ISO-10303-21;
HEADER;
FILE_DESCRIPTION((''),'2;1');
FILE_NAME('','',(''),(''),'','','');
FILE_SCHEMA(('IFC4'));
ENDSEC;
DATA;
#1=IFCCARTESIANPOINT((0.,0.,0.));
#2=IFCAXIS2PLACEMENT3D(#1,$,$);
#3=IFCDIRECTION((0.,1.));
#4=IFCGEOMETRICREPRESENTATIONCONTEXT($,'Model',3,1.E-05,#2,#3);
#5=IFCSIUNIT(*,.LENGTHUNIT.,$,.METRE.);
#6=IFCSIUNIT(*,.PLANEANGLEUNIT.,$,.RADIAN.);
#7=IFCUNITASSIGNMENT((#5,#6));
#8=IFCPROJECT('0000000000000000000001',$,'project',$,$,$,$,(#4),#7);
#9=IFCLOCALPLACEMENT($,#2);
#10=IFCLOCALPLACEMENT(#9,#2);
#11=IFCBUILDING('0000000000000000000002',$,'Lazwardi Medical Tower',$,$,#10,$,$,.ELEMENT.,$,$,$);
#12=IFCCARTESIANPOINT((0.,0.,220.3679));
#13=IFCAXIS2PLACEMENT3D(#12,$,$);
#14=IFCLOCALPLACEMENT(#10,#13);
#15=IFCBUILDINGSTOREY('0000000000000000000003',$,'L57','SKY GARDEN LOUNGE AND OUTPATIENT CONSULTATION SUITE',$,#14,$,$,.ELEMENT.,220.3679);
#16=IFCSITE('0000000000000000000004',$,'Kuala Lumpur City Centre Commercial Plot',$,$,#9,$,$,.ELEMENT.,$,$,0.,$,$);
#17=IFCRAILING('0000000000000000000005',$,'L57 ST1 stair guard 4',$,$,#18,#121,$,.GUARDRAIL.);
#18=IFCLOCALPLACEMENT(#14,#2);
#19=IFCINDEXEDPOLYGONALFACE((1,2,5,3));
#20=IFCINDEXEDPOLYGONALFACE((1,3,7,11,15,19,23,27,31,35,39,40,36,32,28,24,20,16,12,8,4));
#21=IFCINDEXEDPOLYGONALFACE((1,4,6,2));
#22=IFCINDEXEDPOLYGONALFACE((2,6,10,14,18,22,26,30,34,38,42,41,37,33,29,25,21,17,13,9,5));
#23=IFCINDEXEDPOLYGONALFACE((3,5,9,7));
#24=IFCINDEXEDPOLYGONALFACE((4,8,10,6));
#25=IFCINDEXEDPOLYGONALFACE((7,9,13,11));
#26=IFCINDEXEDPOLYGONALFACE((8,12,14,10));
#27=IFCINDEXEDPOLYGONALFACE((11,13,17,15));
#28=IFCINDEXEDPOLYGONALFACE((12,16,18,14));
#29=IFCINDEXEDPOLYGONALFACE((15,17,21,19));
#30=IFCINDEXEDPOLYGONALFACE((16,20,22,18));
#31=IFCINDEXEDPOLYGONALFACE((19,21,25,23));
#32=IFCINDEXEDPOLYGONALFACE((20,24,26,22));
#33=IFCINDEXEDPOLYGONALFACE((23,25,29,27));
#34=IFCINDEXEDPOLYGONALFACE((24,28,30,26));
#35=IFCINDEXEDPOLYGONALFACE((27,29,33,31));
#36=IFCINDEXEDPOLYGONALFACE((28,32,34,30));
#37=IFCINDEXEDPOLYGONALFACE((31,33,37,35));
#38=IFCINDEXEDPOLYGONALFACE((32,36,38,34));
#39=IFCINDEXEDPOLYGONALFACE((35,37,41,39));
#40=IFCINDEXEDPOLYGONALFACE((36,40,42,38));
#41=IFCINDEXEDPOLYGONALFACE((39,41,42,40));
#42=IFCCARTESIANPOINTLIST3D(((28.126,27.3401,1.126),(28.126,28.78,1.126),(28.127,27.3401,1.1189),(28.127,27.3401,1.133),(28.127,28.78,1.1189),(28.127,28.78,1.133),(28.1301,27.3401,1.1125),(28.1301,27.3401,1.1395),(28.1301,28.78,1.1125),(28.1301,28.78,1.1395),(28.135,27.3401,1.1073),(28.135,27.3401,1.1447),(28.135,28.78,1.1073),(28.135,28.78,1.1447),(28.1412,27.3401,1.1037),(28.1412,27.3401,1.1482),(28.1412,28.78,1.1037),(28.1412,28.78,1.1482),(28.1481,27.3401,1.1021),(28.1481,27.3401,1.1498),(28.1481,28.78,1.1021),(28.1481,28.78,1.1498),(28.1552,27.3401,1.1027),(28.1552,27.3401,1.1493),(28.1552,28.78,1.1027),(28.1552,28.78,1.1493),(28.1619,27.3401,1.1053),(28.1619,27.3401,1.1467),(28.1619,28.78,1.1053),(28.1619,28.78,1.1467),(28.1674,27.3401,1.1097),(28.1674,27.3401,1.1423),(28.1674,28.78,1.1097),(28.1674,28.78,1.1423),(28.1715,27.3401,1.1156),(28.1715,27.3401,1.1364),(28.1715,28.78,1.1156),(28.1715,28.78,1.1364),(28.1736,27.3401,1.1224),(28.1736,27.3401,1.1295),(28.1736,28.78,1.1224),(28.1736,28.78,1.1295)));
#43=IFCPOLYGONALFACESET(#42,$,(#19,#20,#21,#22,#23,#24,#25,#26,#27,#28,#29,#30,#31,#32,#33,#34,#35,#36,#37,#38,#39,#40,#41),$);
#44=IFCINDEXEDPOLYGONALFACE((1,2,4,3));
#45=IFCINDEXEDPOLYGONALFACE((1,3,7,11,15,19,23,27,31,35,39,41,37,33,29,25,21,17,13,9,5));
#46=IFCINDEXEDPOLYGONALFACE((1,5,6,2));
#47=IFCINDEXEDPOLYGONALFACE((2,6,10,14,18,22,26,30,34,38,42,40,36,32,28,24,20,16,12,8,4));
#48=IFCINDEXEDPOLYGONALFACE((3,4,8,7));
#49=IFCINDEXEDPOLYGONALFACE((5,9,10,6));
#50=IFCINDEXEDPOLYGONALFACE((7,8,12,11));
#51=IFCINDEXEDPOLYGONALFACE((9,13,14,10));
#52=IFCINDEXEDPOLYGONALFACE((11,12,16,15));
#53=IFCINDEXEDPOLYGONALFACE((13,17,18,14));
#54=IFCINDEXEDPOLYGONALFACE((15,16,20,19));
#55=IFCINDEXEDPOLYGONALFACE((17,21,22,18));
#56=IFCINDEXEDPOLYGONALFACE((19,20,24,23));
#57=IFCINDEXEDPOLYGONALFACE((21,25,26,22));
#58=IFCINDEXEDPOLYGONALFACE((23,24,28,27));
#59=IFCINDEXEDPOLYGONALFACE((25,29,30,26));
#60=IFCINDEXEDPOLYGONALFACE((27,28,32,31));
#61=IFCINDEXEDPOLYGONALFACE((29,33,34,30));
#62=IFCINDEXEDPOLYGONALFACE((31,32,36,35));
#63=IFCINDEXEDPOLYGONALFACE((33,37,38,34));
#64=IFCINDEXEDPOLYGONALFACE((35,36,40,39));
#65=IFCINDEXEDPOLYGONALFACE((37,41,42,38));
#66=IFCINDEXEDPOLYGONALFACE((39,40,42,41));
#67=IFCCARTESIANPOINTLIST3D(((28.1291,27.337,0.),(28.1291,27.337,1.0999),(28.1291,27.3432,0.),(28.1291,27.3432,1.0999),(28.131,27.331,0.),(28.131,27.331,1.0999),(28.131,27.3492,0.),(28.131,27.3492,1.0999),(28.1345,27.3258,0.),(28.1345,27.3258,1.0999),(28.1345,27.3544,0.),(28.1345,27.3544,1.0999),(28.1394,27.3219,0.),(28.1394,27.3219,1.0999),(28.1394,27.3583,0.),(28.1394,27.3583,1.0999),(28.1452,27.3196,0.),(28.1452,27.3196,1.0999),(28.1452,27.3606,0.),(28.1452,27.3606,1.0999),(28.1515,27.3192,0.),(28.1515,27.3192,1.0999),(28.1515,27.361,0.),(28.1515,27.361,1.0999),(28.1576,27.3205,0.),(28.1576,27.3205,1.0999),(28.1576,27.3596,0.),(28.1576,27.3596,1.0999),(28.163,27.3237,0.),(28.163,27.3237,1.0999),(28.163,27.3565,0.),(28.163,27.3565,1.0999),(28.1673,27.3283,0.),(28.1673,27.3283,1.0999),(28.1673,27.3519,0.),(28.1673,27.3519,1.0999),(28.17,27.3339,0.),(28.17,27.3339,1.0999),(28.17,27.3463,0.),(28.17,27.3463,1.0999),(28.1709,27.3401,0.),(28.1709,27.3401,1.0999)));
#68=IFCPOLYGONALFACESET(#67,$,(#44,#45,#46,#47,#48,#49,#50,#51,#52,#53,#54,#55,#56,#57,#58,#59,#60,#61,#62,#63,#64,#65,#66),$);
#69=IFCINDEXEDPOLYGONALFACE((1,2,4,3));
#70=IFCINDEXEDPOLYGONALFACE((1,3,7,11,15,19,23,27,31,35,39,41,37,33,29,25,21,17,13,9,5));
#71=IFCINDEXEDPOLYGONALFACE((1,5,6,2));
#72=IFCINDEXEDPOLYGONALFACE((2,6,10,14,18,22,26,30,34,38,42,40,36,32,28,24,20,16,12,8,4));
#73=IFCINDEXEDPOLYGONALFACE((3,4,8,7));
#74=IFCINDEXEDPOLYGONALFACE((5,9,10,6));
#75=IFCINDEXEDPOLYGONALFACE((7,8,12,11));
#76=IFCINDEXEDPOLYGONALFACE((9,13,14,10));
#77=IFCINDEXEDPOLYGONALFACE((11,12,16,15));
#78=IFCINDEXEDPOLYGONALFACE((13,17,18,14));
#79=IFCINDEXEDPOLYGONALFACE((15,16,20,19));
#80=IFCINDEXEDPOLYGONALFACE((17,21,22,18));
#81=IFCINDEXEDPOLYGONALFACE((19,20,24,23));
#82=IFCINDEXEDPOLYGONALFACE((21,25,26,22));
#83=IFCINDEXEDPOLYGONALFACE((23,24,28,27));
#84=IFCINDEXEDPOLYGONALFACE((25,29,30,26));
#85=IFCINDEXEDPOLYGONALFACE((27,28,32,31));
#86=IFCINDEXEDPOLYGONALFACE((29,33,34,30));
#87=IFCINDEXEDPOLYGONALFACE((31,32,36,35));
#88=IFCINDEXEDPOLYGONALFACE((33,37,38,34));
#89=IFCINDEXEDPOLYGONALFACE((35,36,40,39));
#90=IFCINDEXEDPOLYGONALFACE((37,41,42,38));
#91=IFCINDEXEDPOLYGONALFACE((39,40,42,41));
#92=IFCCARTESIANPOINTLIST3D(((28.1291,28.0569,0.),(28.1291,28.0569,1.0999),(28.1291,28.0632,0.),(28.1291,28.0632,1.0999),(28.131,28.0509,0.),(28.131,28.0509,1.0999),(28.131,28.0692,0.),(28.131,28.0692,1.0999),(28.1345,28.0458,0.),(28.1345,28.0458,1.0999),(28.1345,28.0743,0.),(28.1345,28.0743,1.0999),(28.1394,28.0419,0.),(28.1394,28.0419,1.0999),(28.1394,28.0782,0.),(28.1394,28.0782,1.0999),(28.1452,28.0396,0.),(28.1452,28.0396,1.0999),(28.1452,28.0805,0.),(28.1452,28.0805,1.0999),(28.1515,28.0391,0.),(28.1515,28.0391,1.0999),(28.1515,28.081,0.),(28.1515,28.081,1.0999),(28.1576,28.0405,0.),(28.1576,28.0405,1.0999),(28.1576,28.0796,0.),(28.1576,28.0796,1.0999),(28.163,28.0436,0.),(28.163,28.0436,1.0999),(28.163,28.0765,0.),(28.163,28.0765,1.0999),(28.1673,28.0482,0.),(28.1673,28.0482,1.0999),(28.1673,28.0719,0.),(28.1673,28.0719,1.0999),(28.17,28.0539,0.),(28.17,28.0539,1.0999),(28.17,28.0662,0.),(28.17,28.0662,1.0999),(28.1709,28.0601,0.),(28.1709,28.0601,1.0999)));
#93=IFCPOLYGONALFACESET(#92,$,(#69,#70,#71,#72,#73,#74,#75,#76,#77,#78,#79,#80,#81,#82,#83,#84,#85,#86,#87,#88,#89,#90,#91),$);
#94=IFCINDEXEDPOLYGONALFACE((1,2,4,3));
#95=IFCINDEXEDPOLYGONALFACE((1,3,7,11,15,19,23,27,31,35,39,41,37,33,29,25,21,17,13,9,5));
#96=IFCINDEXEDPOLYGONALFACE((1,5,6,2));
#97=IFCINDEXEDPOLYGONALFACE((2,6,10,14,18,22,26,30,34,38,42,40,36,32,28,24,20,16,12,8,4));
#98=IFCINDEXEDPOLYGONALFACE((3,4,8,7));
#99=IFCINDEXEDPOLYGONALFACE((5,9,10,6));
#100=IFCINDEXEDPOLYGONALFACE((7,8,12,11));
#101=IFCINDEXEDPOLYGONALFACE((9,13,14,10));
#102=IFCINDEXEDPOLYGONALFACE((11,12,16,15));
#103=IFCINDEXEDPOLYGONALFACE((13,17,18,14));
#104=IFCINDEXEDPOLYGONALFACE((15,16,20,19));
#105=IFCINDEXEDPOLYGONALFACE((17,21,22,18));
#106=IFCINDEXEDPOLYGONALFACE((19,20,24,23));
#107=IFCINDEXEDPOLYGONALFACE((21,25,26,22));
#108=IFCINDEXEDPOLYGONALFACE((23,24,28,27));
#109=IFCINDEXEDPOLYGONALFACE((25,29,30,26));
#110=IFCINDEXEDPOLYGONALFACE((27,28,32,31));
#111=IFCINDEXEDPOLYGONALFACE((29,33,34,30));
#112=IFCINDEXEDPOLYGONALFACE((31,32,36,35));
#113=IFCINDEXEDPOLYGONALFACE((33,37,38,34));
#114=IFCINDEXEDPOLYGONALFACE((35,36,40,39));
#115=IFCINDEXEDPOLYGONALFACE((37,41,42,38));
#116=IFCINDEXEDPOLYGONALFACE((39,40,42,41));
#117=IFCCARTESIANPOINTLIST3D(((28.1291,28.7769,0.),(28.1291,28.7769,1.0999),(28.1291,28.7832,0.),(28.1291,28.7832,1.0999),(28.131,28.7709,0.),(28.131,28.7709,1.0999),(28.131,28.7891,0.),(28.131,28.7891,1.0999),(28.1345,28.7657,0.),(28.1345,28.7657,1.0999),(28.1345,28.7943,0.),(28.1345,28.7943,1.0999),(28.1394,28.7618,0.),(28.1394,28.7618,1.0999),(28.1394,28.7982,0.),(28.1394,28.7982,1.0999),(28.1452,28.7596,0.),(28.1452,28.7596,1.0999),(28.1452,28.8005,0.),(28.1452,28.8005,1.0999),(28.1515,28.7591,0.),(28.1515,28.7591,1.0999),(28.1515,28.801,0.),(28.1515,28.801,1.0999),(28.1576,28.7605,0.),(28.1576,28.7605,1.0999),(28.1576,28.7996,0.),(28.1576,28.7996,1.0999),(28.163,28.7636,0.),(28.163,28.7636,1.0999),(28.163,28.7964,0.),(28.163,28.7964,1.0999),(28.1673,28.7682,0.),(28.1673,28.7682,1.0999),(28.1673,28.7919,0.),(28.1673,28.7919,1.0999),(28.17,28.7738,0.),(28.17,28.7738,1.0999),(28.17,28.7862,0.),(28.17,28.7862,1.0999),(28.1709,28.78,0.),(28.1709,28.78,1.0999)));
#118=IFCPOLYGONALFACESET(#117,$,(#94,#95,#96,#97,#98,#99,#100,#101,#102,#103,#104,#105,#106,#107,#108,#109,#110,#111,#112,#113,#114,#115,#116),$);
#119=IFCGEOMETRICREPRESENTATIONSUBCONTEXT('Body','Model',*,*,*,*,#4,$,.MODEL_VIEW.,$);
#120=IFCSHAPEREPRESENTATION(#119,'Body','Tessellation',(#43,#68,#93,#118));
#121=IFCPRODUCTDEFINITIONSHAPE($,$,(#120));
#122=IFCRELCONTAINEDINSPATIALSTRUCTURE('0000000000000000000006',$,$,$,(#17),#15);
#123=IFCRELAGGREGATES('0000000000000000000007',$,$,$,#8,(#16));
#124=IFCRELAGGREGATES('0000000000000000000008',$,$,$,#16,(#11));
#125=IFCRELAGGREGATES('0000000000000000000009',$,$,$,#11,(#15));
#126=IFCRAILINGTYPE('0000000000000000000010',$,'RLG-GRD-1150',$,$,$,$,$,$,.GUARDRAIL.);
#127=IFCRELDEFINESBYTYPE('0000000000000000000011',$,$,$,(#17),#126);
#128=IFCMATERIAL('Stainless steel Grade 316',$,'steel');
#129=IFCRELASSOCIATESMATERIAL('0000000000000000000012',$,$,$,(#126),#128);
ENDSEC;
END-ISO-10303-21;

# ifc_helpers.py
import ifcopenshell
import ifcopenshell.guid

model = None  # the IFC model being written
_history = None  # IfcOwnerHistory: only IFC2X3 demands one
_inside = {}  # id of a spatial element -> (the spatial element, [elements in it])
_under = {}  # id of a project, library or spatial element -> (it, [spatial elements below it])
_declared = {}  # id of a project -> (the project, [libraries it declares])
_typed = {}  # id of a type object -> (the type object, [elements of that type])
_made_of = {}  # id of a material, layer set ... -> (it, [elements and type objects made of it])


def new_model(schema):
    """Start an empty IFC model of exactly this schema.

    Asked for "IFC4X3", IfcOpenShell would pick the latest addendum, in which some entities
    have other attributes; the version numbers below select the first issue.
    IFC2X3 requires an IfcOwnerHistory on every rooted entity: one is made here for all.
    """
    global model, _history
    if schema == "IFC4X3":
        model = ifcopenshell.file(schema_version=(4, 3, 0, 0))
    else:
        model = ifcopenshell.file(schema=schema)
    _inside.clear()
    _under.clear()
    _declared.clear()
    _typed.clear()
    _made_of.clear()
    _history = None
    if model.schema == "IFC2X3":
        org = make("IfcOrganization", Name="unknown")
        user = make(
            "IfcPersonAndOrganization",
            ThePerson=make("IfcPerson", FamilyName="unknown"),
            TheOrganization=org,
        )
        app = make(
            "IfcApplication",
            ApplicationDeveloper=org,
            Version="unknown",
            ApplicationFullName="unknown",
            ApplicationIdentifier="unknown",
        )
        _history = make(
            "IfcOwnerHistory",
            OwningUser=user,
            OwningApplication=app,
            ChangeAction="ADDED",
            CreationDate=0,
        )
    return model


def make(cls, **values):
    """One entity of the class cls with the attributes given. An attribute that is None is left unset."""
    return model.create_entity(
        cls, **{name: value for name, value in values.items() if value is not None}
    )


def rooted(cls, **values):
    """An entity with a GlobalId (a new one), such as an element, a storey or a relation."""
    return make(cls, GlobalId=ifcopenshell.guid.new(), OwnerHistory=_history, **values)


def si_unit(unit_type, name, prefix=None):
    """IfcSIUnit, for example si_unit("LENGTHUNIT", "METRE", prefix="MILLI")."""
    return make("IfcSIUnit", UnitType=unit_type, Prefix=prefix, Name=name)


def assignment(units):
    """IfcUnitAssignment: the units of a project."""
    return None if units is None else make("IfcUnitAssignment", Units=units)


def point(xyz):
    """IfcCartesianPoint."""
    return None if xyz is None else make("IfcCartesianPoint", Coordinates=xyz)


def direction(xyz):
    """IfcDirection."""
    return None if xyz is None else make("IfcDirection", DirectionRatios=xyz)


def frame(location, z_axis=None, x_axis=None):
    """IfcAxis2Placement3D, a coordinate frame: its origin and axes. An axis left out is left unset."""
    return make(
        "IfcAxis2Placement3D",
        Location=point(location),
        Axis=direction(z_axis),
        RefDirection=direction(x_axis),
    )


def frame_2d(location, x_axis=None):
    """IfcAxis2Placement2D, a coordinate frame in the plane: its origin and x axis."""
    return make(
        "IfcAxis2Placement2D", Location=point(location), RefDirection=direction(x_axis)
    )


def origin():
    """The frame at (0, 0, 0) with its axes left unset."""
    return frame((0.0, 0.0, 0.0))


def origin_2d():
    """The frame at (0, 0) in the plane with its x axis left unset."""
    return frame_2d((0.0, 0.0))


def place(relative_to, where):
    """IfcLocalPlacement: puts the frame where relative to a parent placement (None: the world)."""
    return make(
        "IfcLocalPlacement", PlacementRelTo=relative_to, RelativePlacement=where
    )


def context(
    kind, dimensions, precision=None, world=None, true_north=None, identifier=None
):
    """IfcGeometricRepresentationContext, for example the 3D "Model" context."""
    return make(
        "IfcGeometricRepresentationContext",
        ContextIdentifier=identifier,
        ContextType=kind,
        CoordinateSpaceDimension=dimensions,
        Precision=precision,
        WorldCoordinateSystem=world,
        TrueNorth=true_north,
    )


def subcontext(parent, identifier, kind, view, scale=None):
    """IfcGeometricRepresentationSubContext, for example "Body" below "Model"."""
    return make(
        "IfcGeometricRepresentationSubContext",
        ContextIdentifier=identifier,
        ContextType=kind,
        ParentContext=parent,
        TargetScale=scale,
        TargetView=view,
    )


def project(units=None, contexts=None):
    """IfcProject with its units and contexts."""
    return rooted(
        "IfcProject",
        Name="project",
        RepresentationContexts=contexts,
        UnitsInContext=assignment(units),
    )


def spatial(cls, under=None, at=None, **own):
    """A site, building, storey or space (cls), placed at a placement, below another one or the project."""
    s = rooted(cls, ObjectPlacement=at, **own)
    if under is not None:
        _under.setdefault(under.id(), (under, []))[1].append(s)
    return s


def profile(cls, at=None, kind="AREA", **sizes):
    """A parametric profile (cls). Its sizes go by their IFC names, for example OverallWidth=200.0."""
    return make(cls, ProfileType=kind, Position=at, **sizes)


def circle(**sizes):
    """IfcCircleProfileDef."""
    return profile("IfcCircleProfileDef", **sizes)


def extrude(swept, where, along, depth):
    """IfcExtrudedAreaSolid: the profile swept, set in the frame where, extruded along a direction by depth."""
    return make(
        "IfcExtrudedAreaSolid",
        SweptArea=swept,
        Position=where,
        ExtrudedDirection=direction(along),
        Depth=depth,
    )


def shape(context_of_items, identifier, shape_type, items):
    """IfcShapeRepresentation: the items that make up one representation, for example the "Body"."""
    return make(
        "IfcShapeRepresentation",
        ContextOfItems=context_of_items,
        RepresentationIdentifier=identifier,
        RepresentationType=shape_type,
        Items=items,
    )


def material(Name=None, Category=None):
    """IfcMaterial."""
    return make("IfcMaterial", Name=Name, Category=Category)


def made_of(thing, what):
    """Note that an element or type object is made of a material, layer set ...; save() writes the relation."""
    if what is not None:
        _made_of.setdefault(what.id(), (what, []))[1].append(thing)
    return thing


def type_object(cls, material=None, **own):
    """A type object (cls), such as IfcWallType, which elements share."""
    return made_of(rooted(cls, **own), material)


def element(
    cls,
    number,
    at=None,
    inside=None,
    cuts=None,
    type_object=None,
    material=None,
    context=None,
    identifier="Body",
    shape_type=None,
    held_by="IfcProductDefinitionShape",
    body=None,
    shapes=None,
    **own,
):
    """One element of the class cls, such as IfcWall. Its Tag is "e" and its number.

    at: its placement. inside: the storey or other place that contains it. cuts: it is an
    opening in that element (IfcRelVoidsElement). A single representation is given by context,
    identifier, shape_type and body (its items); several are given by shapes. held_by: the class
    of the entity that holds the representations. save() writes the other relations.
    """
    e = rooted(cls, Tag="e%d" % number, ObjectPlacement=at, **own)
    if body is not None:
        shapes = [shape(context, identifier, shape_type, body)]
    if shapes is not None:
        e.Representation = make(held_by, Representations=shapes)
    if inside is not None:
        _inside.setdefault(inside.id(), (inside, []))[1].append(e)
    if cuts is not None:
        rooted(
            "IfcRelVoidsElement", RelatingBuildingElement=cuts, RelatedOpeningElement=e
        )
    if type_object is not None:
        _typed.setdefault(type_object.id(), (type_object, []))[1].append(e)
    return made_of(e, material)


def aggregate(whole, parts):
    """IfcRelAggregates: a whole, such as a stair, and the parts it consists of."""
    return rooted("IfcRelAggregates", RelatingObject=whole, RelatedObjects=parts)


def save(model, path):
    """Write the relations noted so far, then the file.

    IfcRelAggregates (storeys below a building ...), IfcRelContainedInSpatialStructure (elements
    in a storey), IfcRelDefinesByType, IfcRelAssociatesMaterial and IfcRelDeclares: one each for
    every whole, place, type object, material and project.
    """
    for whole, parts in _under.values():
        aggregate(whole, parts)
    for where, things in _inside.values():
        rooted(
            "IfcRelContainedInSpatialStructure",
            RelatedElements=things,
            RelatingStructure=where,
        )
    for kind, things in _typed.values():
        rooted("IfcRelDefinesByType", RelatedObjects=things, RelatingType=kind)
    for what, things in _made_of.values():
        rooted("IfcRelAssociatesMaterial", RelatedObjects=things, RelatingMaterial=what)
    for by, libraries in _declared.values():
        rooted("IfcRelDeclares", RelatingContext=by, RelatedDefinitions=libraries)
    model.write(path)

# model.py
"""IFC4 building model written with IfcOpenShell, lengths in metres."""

from ifc_helpers import new_model, si_unit, direction, frame, origin, origin_2d, place, context, subcontext, project, spatial, circle, extrude, material, type_object, element, save


model = new_model("IFC4")

# Units and contexts
model_context = context("Model", 3, precision=1e-05, world=origin(), true_north=direction((0.0, 1.0)))
body_context = subcontext(model_context, "Body", "Model", "MODEL_VIEW")
ifc_project = project(units=[si_unit("LENGTHUNIT", "METRE"), si_unit("PLANEANGLEUNIT", "RADIAN")], contexts=[model_context])

# Site, building, storey
site_placement = place(None, origin())
site = spatial("IfcSite", under=ifc_project, at=site_placement, Name="Kuala Lumpur City Centre Commercial Plot", CompositionType="ELEMENT", RefElevation=0.0)
building_placement = place(site_placement, origin())
building = spatial("IfcBuilding", under=site, at=building_placement, Name="Lazwardi Medical Tower", CompositionType="ELEMENT")
storey_placement = place(building_placement, frame((0.0, 0.0, 220.3679)))
storey = spatial("IfcBuildingStorey", under=building, at=storey_placement, Name="L57", Description="SKY GARDEN LOUNGE AND OUTPATIENT CONSULTATION SUITE", CompositionType="ELEMENT", Elevation=220.3679)

# Railing
ifc_material_1 = material(Name="Stainless steel Grade 316", Category="steel")
railing_type_1 = type_object("IfcRailingType", Name="RLG-GRD-1150", PredefinedType="GUARDRAIL", material=ifc_material_1)
railing_1_placement = place(storey_placement, frame((28.1499, 27.3401, 0.0)))
element("IfcRailing", 1, at=railing_1_placement, inside=storey, type_object=railing_type_1, Name="L57 ST1 stair guard 4", PredefinedType="GUARDRAIL", context=body_context, shape_type="SweptSolid", body=[
    extrude(circle(Radius=0.0239, at=origin_2d()), frame((0.0, 0.0, 1.126), z_axis=(0.0, 1.0, 0.0), x_axis=(-1.0, 0.0, 0.0)), (0.0, 0.0, 1.0), 1.4399),
    extrude(circle(Radius=0.021, at=origin_2d()), origin(), (0.0, 0.0, 1.0), 1.0999),
    extrude(circle(Radius=0.021, at=origin_2d()), frame((0.0, 0.72, 0.0)), (0.0, 0.0, 1.0), 1.0999),
    extrude(circle(Radius=0.021, at=origin_2d()), frame((0.0, 1.4399, 0.0)), (0.0, 0.0, 1.0), 1.0999),
])

save(model, "model.ifc")
